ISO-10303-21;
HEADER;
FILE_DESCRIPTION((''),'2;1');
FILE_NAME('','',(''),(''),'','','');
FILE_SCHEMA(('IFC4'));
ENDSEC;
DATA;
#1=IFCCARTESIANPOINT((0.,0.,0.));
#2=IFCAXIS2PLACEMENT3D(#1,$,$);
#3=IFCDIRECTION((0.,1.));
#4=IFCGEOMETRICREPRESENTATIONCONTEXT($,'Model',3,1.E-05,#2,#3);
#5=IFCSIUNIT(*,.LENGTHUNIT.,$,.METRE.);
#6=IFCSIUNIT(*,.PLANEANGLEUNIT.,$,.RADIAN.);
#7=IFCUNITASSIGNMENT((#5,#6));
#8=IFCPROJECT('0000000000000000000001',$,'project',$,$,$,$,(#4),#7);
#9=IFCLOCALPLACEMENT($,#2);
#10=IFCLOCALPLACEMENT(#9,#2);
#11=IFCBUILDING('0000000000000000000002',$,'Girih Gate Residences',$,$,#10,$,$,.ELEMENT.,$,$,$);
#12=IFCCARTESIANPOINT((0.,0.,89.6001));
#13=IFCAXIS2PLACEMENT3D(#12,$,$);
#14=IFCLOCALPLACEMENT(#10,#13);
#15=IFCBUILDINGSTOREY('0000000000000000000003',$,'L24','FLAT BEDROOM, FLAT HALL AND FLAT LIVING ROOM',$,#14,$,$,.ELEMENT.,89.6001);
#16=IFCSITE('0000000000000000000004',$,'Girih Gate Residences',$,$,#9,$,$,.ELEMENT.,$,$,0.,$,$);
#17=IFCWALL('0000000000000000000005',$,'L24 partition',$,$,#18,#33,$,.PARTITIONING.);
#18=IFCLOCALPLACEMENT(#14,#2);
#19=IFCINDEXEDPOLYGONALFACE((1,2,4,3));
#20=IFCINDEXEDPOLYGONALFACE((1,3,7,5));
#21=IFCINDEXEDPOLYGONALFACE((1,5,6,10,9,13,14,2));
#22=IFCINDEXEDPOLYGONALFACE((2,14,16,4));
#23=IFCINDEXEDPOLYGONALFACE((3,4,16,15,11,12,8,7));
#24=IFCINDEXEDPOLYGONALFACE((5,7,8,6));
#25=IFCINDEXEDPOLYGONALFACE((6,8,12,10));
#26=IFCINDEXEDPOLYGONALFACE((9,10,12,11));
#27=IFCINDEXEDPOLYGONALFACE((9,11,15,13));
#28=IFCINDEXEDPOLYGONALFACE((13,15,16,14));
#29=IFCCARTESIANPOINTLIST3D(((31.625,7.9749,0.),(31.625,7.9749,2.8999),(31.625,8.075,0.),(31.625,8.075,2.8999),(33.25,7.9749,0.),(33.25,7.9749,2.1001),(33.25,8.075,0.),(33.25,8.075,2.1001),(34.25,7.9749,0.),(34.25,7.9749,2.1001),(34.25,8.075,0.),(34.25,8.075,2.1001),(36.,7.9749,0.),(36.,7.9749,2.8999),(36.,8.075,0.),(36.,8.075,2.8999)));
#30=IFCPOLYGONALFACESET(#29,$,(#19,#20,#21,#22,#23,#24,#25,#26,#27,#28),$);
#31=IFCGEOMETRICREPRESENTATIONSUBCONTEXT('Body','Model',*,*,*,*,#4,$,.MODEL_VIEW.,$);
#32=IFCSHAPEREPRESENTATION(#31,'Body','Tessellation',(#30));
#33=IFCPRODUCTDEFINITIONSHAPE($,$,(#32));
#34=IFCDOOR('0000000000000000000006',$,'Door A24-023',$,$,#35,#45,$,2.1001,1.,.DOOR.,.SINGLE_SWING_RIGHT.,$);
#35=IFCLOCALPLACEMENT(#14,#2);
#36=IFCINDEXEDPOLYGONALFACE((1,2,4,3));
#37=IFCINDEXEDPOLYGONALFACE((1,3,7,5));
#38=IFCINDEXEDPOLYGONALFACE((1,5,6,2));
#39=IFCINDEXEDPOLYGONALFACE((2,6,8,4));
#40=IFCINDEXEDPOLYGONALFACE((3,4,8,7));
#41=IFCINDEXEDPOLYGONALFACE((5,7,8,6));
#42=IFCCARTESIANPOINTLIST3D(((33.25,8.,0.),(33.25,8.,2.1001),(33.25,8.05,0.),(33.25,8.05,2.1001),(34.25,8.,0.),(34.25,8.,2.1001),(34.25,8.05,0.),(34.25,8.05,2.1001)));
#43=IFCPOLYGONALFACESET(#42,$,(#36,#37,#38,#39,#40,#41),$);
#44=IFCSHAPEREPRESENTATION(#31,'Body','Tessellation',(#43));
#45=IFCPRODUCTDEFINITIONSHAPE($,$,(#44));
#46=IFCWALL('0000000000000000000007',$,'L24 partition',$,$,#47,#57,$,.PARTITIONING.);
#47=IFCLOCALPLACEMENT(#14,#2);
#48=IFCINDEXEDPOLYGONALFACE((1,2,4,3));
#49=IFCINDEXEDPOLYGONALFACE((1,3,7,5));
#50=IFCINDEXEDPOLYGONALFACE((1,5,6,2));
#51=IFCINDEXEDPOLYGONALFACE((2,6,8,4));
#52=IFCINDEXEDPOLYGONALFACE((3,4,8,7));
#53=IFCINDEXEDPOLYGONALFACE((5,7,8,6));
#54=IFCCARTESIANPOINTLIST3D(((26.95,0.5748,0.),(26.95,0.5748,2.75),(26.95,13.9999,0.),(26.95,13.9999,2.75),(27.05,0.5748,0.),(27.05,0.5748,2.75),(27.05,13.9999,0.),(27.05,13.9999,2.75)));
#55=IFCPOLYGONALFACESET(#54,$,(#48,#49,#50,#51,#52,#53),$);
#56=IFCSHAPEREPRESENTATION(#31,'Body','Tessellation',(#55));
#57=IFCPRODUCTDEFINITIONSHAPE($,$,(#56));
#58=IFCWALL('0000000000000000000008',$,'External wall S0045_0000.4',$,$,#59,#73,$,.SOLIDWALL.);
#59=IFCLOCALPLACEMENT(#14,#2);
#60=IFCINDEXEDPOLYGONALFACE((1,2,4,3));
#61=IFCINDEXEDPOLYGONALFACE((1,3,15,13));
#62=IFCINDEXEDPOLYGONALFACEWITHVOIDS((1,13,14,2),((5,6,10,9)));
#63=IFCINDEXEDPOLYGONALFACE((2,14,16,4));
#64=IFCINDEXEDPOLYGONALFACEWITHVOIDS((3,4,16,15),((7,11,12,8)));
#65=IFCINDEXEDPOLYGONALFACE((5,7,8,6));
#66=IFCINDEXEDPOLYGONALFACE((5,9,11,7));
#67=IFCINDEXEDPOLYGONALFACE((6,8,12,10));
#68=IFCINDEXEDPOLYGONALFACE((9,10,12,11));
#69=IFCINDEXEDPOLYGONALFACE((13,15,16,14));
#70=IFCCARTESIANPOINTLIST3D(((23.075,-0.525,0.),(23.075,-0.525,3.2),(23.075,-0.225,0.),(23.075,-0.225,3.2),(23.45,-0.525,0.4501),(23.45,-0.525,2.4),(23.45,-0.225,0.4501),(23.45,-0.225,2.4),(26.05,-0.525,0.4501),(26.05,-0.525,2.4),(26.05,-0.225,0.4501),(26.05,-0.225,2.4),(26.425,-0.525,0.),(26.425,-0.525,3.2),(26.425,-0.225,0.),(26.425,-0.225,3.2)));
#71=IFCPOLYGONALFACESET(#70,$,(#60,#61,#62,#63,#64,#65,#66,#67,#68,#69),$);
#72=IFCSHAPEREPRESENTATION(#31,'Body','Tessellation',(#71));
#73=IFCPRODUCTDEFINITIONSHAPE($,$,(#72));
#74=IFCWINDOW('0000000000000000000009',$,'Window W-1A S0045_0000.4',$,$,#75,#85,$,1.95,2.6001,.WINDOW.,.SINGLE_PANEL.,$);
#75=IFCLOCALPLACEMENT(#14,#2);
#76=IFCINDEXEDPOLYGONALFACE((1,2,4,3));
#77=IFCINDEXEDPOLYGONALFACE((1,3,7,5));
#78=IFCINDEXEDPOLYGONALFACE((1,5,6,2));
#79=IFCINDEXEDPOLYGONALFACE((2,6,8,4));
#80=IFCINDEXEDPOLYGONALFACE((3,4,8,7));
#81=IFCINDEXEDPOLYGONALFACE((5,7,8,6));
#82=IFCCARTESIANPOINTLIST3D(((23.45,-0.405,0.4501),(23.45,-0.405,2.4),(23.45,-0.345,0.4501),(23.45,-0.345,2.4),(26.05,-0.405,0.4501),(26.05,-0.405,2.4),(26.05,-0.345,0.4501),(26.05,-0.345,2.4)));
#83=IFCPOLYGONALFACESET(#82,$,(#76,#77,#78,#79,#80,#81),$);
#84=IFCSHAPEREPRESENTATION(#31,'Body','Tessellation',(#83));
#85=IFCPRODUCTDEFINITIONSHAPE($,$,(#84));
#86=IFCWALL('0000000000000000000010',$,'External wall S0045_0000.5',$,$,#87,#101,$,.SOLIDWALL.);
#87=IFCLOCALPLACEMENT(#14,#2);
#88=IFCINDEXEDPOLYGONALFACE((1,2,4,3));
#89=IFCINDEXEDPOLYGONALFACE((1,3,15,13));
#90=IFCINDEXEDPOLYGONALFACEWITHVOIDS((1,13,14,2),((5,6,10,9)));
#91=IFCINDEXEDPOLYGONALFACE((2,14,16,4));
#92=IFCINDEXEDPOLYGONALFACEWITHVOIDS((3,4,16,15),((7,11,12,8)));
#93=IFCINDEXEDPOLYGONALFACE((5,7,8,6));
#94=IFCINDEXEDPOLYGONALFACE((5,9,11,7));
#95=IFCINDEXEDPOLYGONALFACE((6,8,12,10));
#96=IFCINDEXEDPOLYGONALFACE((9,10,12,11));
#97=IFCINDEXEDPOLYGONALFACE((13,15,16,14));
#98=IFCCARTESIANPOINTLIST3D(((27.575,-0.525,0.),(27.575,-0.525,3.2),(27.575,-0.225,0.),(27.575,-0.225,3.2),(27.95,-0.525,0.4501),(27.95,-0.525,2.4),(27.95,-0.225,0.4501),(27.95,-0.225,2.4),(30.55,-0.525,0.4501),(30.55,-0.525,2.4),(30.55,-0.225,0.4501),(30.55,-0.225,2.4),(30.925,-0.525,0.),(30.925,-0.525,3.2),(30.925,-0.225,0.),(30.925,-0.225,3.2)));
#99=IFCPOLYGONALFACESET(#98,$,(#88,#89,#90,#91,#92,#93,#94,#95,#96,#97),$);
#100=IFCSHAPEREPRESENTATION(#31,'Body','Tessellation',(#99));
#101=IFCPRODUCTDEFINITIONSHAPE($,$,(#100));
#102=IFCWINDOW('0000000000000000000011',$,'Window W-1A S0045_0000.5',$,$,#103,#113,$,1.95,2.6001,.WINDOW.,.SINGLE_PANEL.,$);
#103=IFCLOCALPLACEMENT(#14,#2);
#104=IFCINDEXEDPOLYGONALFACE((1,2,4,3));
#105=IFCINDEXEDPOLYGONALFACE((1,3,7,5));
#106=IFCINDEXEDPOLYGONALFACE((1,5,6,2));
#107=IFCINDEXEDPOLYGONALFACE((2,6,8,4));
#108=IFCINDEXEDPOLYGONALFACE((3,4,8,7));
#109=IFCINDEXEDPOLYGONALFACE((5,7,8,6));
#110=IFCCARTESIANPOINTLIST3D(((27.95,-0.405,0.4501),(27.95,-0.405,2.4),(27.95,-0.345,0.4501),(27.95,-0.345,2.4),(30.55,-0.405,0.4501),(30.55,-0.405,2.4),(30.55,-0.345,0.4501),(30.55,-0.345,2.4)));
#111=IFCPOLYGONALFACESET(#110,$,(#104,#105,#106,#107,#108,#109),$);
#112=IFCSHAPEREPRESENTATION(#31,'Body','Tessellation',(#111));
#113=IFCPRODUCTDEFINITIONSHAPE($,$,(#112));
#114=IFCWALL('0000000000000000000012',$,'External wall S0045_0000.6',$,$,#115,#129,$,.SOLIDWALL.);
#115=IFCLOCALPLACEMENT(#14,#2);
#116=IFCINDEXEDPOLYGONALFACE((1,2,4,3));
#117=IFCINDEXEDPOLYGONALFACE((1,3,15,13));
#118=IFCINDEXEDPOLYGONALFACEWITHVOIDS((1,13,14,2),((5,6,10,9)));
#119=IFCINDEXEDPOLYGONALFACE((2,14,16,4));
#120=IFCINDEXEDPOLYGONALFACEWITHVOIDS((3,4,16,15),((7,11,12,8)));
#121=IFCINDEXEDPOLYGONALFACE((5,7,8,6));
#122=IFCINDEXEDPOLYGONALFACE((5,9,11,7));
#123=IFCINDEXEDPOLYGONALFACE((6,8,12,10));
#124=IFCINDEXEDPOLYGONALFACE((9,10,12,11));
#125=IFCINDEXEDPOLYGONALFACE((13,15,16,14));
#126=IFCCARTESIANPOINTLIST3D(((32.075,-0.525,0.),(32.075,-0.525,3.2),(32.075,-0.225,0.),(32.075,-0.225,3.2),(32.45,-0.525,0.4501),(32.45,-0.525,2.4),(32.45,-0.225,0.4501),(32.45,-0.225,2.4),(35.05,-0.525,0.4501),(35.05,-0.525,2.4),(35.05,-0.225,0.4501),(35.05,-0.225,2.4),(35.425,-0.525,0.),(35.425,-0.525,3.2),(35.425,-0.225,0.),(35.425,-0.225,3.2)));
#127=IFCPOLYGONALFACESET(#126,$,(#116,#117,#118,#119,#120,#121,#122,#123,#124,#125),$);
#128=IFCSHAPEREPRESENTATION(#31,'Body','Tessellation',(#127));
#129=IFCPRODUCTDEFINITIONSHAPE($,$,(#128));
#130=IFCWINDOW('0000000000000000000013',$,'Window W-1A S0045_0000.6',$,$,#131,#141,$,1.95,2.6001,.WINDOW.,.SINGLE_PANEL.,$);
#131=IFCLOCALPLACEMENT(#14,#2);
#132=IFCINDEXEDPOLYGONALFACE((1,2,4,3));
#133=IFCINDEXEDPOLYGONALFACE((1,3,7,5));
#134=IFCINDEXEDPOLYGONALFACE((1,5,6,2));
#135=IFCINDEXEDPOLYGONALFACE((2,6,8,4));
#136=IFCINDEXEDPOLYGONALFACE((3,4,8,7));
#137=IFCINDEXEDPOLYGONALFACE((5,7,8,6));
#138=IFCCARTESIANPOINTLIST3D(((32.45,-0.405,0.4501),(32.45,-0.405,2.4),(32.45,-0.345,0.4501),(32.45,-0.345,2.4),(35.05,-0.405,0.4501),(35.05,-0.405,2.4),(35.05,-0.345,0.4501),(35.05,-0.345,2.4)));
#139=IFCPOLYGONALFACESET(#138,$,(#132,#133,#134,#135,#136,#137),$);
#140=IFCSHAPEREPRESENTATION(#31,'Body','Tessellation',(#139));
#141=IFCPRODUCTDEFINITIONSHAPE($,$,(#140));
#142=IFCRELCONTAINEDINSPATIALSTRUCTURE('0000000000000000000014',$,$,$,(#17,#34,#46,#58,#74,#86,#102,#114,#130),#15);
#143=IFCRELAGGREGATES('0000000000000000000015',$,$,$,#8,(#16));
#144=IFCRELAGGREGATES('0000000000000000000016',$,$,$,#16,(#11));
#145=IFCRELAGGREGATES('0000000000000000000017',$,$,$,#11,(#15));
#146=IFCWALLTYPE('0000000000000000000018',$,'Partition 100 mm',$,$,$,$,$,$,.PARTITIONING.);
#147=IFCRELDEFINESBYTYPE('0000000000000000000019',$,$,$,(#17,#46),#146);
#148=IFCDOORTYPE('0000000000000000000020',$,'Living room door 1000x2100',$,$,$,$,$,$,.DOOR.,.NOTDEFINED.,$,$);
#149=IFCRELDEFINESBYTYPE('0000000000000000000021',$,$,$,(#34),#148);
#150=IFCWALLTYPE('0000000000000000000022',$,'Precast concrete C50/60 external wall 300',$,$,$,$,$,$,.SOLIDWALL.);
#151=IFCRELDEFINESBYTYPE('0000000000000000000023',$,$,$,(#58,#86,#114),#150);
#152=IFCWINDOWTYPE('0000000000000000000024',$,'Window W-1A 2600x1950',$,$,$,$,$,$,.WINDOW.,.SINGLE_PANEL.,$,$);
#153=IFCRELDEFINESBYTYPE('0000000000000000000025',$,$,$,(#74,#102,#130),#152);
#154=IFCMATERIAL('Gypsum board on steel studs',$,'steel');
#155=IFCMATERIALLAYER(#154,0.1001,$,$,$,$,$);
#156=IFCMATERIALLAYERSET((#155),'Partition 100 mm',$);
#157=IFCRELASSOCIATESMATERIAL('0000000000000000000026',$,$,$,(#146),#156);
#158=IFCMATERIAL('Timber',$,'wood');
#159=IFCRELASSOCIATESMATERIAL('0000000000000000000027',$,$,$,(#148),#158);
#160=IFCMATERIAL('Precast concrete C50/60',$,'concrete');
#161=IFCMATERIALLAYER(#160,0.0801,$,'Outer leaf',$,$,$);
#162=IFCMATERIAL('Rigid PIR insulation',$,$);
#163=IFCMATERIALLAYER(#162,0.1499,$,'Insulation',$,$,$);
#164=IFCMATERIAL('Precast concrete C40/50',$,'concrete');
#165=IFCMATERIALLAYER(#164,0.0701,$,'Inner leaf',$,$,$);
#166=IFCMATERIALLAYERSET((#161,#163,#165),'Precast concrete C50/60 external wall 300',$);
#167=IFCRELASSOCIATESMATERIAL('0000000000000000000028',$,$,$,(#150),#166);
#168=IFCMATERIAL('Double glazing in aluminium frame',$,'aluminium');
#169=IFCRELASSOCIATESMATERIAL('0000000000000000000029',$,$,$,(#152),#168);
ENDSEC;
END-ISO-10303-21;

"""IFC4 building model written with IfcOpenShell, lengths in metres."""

from ifc_helpers import new_model, si_unit, direction, frame, frame_2d, origin, place, context, subcontext, project, spatial, rectangle, extrude, material, layer, layer_set, type_object, element, fill, save


model = new_model("IFC4")

# Units and contexts
model_context = context("Model", 3, precision=1e-05, world=origin(), true_north=direction((0.0, 1.0)))
body_context = subcontext(model_context, "Body", "Model", "MODEL_VIEW")
ifc_project = project(units=[si_unit("LENGTHUNIT", "METRE"), si_unit("PLANEANGLEUNIT", "RADIAN")], contexts=[model_context])

# Site, building, storey
site_placement = place(None, origin())
site = spatial("IfcSite", under=ifc_project, at=site_placement, Name="Girih Gate Residences", CompositionType="ELEMENT", RefElevation=0.0)
building_placement = place(site_placement, origin())
building = spatial("IfcBuilding", under=site, at=building_placement, Name="Girih Gate Residences", CompositionType="ELEMENT")
storey_placement = place(building_placement, frame((0.0, 0.0, 89.6001)))
storey = spatial("IfcBuildingStorey", under=building, at=storey_placement, Name="L24", Description="FLAT BEDROOM, FLAT HALL AND FLAT LIVING ROOM", CompositionType="ELEMENT", Elevation=89.6001)

# Shared definitions
ifc_material_1 = material(Name="Gypsum board on steel studs", Category="steel")
ifc_layer_1 = layer(ifc_material_1, 0.1001)
ifc_layer_set_1 = layer_set([ifc_layer_1], Name="Partition 100 mm")
wall_type_1 = type_object("IfcWallType", Name="Partition 100 mm", PredefinedType="PARTITIONING", material=ifc_layer_set_1)

# Wall, opening, door
wall_1_placement = place(storey_placement, frame((36.0, 8.0249, 0.0), z_axis=(0.0, 0.0, 1.0), x_axis=(-1.0, 0.0, 0.0)))
wall_1 = element("IfcWall", 1, at=wall_1_placement, inside=storey, type_object=wall_type_1, Name="L24 partition", PredefinedType="PARTITIONING", context=body_context, shape_type="SweptSolid", body=[
    extrude(rectangle(XDim=4.375, YDim=0.1001, at=frame_2d((2.1875, 0.0))), origin(), (0.0, 0.0, 1.0), 2.8999),
])
opening_1_placement = place(wall_1_placement, frame((1.75, 0.0, 0.0)))
opening_1 = element("IfcOpeningElement", 2, at=opening_1_placement, cuts=wall_1, PredefinedType="OPENING", context=body_context, shape_type="SweptSolid", body=[
    extrude(rectangle(XDim=1.0, YDim=2.1001, at=frame_2d((0.5, 1.05))), frame((0.0, 0.0601, 0.0), z_axis=(0.0, -1.0, 0.0), x_axis=(1.0, 0.0, 0.0)), (0.0, 0.0, 1.0), 0.1201),
])
ifc_material_2 = material(Name="Timber", Category="wood")
door_type_1 = type_object("IfcDoorType", Name="Living room door 1000x2100", OperationType="NOTDEFINED", PredefinedType="DOOR", material=ifc_material_2)
door_1_placement = place(opening_1_placement, origin())
door_1 = element("IfcDoor", 3, at=door_1_placement, inside=storey, type_object=door_type_1, Name="Door A24-023", OperationType="SINGLE_SWING_RIGHT", OverallHeight=2.1001, OverallWidth=1.0, PredefinedType="DOOR", context=body_context, shape_type="SweptSolid", body=[
    extrude(rectangle(XDim=1.0, YDim=2.1001, at=frame_2d((0.5, 1.05))), frame((0.0, 0.0249, 0.0), z_axis=(0.0, -1.0, 0.0), x_axis=(1.0, 0.0, 0.0)), (0.0, 0.0, 1.0), 0.05),
])
fill(opening_1, door_1)

# Wall
wall_2_placement = place(storey_placement, frame((27.0, 0.575, 0.0), z_axis=(0.0, 0.0, 1.0), x_axis=(0.0, 1.0, 0.0)))
element("IfcWall", 4, at=wall_2_placement, inside=storey, type_object=wall_type_1, Name="L24 partition", PredefinedType="PARTITIONING", context=body_context, shape_type="SweptSolid", body=[
    extrude(rectangle(XDim=13.425, YDim=0.1001, at=frame_2d((6.7124, 0.0))), origin(), (0.0, 0.0, 1.0), 2.75),
])

# Walls, openings, windows
ifc_material_3 = material(Name="Precast concrete C50/60", Category="concrete")
ifc_layer_2 = layer(ifc_material_3, 0.0801, Name="Outer leaf")
ifc_material_4 = material(Name="Rigid PIR insulation")
ifc_layer_3 = layer(ifc_material_4, 0.1499, Name="Insulation")
ifc_material_5 = material(Name="Precast concrete C40/50", Category="concrete")
ifc_layer_4 = layer(ifc_material_5, 0.0701, Name="Inner leaf")
ifc_layer_set_2 = layer_set([ifc_layer_2, ifc_layer_3, ifc_layer_4], Name="Precast concrete C50/60 external wall 300")
wall_type_2 = type_object("IfcWallType", Name="Precast concrete C50/60 external wall 300", PredefinedType="SOLIDWALL", material=ifc_layer_set_2)
wall_3_placement = place(storey_placement, frame((26.425, -0.375, 0.0), z_axis=(0.0, 0.0, 1.0), x_axis=(-1.0, 0.0, 0.0)))
wall_3 = element("IfcWall", 5, at=wall_3_placement, inside=storey, type_object=wall_type_2, Name="External wall S0045_0000.4", PredefinedType="SOLIDWALL", context=body_context, shape_type="SweptSolid", body=[
    extrude(rectangle(XDim=3.3501, YDim=0.3, at=frame_2d((1.675, 0.0))), origin(), (0.0, 0.0, 1.0), 3.2),
])
opening_2_placement = place(wall_3_placement, frame((0.375, 0.0, 0.45)))
opening_2 = element("IfcOpeningElement", 6, at=opening_2_placement, cuts=wall_3, PredefinedType="OPENING", context=body_context, shape_type="SweptSolid", body=[
    extrude(rectangle(XDim=2.6001, YDim=1.95, at=frame_2d((1.3, 0.9751))), frame((0.0, 0.1599, 0.0), z_axis=(0.0, -1.0, 0.0), x_axis=(1.0, 0.0, 0.0)), (0.0, 0.0, 1.0), 0.3201),
])
ifc_material_6 = material(Name="Double glazing in aluminium frame", Category="aluminium")
window_type = type_object("IfcWindowType", Name="Window W-1A 2600x1950", PartitioningType="SINGLE_PANEL", PredefinedType="WINDOW", material=ifc_material_6)
window_1_placement = place(opening_2_placement, origin())
window_1 = element("IfcWindow", 7, at=window_1_placement, inside=storey, type_object=window_type, Name="Window W-1A S0045_0000.4", OverallHeight=1.95, OverallWidth=2.6001, PartitioningType="SINGLE_PANEL", PredefinedType="WINDOW", context=body_context, shape_type="SweptSolid", body=[
    extrude(rectangle(XDim=2.6001, YDim=1.95, at=frame_2d((1.3, 0.9751))), frame((0.0, 0.03, 0.0), z_axis=(0.0, -1.0, 0.0), x_axis=(1.0, 0.0, 0.0)), (0.0, 0.0, 1.0), 0.0601),
])
fill(opening_2, window_1)
wall_4_placement = place(storey_placement, frame((30.925, -0.375, 0.0), z_axis=(0.0, 0.0, 1.0), x_axis=(-1.0, 0.0, 0.0)))
wall_4 = element("IfcWall", 8, at=wall_4_placement, inside=storey, type_object=wall_type_2, Name="External wall S0045_0000.5", PredefinedType="SOLIDWALL", context=body_context, shape_type="SweptSolid", body=[
    extrude(rectangle(XDim=3.3501, YDim=0.3, at=frame_2d((1.675, 0.0))), origin(), (0.0, 0.0, 1.0), 3.2),
])
opening_3_placement = place(wall_4_placement, frame((0.375, 0.0, 0.45)))
opening_3 = element("IfcOpeningElement", 9, at=opening_3_placement, cuts=wall_4, PredefinedType="OPENING", context=body_context, shape_type="SweptSolid", body=[
    extrude(rectangle(XDim=2.6001, YDim=1.95, at=frame_2d((1.3, 0.9751))), frame((0.0, 0.1599, 0.0), z_axis=(0.0, -1.0, 0.0), x_axis=(1.0, 0.0, 0.0)), (0.0, 0.0, 1.0), 0.3201),
])
window_2_placement = place(opening_3_placement, origin())
window_2 = element("IfcWindow", 10, at=window_2_placement, inside=storey, type_object=window_type, Name="Window W-1A S0045_0000.5", OverallHeight=1.95, OverallWidth=2.6001, PartitioningType="SINGLE_PANEL", PredefinedType="WINDOW", context=body_context, shape_type="SweptSolid", body=[
    extrude(rectangle(XDim=2.6001, YDim=1.95, at=frame_2d((1.3, 0.9751))), frame((0.0, 0.03, 0.0), z_axis=(0.0, -1.0, 0.0), x_axis=(1.0, 0.0, 0.0)), (0.0, 0.0, 1.0), 0.0601),
])
fill(opening_3, window_2)
wall_5_placement = place(storey_placement, frame((35.425, -0.375, 0.0), z_axis=(0.0, 0.0, 1.0), x_axis=(-1.0, 0.0, 0.0)))
wall_5 = element("IfcWall", 11, at=wall_5_placement, inside=storey, type_object=wall_type_2, Name="External wall S0045_0000.6", PredefinedType="SOLIDWALL", context=body_context, shape_type="SweptSolid", body=[
    extrude(rectangle(XDim=3.3501, YDim=0.3, at=frame_2d((1.675, 0.0))), origin(), (0.0, 0.0, 1.0), 3.2),
])
opening_4_placement = place(wall_5_placement, frame((0.375, 0.0, 0.45)))
opening_4 = element("IfcOpeningElement", 12, at=opening_4_placement, cuts=wall_5, PredefinedType="OPENING", context=body_context, shape_type="SweptSolid", body=[
    extrude(rectangle(XDim=2.6001, YDim=1.95, at=frame_2d((1.3, 0.9751))), frame((0.0, 0.1599, 0.0), z_axis=(0.0, -1.0, 0.0), x_axis=(1.0, 0.0, 0.0)), (0.0, 0.0, 1.0), 0.3201),
])
window_3_placement = place(opening_4_placement, origin())
window_3 = element("IfcWindow", 13, at=window_3_placement, inside=storey, type_object=window_type, Name="Window W-1A S0045_0000.6", OverallHeight=1.95, OverallWidth=2.6001, PartitioningType="SINGLE_PANEL", PredefinedType="WINDOW", context=body_context, shape_type="SweptSolid", body=[
    extrude(rectangle(XDim=2.6001, YDim=1.95, at=frame_2d((1.3, 0.9751))), frame((0.0, 0.03, 0.0), z_axis=(0.0, -1.0, 0.0), x_axis=(1.0, 0.0, 0.0)), (0.0, 0.0, 1.0), 0.0601),
])
fill(opening_4, window_3)

save(model, "model.ifc")
